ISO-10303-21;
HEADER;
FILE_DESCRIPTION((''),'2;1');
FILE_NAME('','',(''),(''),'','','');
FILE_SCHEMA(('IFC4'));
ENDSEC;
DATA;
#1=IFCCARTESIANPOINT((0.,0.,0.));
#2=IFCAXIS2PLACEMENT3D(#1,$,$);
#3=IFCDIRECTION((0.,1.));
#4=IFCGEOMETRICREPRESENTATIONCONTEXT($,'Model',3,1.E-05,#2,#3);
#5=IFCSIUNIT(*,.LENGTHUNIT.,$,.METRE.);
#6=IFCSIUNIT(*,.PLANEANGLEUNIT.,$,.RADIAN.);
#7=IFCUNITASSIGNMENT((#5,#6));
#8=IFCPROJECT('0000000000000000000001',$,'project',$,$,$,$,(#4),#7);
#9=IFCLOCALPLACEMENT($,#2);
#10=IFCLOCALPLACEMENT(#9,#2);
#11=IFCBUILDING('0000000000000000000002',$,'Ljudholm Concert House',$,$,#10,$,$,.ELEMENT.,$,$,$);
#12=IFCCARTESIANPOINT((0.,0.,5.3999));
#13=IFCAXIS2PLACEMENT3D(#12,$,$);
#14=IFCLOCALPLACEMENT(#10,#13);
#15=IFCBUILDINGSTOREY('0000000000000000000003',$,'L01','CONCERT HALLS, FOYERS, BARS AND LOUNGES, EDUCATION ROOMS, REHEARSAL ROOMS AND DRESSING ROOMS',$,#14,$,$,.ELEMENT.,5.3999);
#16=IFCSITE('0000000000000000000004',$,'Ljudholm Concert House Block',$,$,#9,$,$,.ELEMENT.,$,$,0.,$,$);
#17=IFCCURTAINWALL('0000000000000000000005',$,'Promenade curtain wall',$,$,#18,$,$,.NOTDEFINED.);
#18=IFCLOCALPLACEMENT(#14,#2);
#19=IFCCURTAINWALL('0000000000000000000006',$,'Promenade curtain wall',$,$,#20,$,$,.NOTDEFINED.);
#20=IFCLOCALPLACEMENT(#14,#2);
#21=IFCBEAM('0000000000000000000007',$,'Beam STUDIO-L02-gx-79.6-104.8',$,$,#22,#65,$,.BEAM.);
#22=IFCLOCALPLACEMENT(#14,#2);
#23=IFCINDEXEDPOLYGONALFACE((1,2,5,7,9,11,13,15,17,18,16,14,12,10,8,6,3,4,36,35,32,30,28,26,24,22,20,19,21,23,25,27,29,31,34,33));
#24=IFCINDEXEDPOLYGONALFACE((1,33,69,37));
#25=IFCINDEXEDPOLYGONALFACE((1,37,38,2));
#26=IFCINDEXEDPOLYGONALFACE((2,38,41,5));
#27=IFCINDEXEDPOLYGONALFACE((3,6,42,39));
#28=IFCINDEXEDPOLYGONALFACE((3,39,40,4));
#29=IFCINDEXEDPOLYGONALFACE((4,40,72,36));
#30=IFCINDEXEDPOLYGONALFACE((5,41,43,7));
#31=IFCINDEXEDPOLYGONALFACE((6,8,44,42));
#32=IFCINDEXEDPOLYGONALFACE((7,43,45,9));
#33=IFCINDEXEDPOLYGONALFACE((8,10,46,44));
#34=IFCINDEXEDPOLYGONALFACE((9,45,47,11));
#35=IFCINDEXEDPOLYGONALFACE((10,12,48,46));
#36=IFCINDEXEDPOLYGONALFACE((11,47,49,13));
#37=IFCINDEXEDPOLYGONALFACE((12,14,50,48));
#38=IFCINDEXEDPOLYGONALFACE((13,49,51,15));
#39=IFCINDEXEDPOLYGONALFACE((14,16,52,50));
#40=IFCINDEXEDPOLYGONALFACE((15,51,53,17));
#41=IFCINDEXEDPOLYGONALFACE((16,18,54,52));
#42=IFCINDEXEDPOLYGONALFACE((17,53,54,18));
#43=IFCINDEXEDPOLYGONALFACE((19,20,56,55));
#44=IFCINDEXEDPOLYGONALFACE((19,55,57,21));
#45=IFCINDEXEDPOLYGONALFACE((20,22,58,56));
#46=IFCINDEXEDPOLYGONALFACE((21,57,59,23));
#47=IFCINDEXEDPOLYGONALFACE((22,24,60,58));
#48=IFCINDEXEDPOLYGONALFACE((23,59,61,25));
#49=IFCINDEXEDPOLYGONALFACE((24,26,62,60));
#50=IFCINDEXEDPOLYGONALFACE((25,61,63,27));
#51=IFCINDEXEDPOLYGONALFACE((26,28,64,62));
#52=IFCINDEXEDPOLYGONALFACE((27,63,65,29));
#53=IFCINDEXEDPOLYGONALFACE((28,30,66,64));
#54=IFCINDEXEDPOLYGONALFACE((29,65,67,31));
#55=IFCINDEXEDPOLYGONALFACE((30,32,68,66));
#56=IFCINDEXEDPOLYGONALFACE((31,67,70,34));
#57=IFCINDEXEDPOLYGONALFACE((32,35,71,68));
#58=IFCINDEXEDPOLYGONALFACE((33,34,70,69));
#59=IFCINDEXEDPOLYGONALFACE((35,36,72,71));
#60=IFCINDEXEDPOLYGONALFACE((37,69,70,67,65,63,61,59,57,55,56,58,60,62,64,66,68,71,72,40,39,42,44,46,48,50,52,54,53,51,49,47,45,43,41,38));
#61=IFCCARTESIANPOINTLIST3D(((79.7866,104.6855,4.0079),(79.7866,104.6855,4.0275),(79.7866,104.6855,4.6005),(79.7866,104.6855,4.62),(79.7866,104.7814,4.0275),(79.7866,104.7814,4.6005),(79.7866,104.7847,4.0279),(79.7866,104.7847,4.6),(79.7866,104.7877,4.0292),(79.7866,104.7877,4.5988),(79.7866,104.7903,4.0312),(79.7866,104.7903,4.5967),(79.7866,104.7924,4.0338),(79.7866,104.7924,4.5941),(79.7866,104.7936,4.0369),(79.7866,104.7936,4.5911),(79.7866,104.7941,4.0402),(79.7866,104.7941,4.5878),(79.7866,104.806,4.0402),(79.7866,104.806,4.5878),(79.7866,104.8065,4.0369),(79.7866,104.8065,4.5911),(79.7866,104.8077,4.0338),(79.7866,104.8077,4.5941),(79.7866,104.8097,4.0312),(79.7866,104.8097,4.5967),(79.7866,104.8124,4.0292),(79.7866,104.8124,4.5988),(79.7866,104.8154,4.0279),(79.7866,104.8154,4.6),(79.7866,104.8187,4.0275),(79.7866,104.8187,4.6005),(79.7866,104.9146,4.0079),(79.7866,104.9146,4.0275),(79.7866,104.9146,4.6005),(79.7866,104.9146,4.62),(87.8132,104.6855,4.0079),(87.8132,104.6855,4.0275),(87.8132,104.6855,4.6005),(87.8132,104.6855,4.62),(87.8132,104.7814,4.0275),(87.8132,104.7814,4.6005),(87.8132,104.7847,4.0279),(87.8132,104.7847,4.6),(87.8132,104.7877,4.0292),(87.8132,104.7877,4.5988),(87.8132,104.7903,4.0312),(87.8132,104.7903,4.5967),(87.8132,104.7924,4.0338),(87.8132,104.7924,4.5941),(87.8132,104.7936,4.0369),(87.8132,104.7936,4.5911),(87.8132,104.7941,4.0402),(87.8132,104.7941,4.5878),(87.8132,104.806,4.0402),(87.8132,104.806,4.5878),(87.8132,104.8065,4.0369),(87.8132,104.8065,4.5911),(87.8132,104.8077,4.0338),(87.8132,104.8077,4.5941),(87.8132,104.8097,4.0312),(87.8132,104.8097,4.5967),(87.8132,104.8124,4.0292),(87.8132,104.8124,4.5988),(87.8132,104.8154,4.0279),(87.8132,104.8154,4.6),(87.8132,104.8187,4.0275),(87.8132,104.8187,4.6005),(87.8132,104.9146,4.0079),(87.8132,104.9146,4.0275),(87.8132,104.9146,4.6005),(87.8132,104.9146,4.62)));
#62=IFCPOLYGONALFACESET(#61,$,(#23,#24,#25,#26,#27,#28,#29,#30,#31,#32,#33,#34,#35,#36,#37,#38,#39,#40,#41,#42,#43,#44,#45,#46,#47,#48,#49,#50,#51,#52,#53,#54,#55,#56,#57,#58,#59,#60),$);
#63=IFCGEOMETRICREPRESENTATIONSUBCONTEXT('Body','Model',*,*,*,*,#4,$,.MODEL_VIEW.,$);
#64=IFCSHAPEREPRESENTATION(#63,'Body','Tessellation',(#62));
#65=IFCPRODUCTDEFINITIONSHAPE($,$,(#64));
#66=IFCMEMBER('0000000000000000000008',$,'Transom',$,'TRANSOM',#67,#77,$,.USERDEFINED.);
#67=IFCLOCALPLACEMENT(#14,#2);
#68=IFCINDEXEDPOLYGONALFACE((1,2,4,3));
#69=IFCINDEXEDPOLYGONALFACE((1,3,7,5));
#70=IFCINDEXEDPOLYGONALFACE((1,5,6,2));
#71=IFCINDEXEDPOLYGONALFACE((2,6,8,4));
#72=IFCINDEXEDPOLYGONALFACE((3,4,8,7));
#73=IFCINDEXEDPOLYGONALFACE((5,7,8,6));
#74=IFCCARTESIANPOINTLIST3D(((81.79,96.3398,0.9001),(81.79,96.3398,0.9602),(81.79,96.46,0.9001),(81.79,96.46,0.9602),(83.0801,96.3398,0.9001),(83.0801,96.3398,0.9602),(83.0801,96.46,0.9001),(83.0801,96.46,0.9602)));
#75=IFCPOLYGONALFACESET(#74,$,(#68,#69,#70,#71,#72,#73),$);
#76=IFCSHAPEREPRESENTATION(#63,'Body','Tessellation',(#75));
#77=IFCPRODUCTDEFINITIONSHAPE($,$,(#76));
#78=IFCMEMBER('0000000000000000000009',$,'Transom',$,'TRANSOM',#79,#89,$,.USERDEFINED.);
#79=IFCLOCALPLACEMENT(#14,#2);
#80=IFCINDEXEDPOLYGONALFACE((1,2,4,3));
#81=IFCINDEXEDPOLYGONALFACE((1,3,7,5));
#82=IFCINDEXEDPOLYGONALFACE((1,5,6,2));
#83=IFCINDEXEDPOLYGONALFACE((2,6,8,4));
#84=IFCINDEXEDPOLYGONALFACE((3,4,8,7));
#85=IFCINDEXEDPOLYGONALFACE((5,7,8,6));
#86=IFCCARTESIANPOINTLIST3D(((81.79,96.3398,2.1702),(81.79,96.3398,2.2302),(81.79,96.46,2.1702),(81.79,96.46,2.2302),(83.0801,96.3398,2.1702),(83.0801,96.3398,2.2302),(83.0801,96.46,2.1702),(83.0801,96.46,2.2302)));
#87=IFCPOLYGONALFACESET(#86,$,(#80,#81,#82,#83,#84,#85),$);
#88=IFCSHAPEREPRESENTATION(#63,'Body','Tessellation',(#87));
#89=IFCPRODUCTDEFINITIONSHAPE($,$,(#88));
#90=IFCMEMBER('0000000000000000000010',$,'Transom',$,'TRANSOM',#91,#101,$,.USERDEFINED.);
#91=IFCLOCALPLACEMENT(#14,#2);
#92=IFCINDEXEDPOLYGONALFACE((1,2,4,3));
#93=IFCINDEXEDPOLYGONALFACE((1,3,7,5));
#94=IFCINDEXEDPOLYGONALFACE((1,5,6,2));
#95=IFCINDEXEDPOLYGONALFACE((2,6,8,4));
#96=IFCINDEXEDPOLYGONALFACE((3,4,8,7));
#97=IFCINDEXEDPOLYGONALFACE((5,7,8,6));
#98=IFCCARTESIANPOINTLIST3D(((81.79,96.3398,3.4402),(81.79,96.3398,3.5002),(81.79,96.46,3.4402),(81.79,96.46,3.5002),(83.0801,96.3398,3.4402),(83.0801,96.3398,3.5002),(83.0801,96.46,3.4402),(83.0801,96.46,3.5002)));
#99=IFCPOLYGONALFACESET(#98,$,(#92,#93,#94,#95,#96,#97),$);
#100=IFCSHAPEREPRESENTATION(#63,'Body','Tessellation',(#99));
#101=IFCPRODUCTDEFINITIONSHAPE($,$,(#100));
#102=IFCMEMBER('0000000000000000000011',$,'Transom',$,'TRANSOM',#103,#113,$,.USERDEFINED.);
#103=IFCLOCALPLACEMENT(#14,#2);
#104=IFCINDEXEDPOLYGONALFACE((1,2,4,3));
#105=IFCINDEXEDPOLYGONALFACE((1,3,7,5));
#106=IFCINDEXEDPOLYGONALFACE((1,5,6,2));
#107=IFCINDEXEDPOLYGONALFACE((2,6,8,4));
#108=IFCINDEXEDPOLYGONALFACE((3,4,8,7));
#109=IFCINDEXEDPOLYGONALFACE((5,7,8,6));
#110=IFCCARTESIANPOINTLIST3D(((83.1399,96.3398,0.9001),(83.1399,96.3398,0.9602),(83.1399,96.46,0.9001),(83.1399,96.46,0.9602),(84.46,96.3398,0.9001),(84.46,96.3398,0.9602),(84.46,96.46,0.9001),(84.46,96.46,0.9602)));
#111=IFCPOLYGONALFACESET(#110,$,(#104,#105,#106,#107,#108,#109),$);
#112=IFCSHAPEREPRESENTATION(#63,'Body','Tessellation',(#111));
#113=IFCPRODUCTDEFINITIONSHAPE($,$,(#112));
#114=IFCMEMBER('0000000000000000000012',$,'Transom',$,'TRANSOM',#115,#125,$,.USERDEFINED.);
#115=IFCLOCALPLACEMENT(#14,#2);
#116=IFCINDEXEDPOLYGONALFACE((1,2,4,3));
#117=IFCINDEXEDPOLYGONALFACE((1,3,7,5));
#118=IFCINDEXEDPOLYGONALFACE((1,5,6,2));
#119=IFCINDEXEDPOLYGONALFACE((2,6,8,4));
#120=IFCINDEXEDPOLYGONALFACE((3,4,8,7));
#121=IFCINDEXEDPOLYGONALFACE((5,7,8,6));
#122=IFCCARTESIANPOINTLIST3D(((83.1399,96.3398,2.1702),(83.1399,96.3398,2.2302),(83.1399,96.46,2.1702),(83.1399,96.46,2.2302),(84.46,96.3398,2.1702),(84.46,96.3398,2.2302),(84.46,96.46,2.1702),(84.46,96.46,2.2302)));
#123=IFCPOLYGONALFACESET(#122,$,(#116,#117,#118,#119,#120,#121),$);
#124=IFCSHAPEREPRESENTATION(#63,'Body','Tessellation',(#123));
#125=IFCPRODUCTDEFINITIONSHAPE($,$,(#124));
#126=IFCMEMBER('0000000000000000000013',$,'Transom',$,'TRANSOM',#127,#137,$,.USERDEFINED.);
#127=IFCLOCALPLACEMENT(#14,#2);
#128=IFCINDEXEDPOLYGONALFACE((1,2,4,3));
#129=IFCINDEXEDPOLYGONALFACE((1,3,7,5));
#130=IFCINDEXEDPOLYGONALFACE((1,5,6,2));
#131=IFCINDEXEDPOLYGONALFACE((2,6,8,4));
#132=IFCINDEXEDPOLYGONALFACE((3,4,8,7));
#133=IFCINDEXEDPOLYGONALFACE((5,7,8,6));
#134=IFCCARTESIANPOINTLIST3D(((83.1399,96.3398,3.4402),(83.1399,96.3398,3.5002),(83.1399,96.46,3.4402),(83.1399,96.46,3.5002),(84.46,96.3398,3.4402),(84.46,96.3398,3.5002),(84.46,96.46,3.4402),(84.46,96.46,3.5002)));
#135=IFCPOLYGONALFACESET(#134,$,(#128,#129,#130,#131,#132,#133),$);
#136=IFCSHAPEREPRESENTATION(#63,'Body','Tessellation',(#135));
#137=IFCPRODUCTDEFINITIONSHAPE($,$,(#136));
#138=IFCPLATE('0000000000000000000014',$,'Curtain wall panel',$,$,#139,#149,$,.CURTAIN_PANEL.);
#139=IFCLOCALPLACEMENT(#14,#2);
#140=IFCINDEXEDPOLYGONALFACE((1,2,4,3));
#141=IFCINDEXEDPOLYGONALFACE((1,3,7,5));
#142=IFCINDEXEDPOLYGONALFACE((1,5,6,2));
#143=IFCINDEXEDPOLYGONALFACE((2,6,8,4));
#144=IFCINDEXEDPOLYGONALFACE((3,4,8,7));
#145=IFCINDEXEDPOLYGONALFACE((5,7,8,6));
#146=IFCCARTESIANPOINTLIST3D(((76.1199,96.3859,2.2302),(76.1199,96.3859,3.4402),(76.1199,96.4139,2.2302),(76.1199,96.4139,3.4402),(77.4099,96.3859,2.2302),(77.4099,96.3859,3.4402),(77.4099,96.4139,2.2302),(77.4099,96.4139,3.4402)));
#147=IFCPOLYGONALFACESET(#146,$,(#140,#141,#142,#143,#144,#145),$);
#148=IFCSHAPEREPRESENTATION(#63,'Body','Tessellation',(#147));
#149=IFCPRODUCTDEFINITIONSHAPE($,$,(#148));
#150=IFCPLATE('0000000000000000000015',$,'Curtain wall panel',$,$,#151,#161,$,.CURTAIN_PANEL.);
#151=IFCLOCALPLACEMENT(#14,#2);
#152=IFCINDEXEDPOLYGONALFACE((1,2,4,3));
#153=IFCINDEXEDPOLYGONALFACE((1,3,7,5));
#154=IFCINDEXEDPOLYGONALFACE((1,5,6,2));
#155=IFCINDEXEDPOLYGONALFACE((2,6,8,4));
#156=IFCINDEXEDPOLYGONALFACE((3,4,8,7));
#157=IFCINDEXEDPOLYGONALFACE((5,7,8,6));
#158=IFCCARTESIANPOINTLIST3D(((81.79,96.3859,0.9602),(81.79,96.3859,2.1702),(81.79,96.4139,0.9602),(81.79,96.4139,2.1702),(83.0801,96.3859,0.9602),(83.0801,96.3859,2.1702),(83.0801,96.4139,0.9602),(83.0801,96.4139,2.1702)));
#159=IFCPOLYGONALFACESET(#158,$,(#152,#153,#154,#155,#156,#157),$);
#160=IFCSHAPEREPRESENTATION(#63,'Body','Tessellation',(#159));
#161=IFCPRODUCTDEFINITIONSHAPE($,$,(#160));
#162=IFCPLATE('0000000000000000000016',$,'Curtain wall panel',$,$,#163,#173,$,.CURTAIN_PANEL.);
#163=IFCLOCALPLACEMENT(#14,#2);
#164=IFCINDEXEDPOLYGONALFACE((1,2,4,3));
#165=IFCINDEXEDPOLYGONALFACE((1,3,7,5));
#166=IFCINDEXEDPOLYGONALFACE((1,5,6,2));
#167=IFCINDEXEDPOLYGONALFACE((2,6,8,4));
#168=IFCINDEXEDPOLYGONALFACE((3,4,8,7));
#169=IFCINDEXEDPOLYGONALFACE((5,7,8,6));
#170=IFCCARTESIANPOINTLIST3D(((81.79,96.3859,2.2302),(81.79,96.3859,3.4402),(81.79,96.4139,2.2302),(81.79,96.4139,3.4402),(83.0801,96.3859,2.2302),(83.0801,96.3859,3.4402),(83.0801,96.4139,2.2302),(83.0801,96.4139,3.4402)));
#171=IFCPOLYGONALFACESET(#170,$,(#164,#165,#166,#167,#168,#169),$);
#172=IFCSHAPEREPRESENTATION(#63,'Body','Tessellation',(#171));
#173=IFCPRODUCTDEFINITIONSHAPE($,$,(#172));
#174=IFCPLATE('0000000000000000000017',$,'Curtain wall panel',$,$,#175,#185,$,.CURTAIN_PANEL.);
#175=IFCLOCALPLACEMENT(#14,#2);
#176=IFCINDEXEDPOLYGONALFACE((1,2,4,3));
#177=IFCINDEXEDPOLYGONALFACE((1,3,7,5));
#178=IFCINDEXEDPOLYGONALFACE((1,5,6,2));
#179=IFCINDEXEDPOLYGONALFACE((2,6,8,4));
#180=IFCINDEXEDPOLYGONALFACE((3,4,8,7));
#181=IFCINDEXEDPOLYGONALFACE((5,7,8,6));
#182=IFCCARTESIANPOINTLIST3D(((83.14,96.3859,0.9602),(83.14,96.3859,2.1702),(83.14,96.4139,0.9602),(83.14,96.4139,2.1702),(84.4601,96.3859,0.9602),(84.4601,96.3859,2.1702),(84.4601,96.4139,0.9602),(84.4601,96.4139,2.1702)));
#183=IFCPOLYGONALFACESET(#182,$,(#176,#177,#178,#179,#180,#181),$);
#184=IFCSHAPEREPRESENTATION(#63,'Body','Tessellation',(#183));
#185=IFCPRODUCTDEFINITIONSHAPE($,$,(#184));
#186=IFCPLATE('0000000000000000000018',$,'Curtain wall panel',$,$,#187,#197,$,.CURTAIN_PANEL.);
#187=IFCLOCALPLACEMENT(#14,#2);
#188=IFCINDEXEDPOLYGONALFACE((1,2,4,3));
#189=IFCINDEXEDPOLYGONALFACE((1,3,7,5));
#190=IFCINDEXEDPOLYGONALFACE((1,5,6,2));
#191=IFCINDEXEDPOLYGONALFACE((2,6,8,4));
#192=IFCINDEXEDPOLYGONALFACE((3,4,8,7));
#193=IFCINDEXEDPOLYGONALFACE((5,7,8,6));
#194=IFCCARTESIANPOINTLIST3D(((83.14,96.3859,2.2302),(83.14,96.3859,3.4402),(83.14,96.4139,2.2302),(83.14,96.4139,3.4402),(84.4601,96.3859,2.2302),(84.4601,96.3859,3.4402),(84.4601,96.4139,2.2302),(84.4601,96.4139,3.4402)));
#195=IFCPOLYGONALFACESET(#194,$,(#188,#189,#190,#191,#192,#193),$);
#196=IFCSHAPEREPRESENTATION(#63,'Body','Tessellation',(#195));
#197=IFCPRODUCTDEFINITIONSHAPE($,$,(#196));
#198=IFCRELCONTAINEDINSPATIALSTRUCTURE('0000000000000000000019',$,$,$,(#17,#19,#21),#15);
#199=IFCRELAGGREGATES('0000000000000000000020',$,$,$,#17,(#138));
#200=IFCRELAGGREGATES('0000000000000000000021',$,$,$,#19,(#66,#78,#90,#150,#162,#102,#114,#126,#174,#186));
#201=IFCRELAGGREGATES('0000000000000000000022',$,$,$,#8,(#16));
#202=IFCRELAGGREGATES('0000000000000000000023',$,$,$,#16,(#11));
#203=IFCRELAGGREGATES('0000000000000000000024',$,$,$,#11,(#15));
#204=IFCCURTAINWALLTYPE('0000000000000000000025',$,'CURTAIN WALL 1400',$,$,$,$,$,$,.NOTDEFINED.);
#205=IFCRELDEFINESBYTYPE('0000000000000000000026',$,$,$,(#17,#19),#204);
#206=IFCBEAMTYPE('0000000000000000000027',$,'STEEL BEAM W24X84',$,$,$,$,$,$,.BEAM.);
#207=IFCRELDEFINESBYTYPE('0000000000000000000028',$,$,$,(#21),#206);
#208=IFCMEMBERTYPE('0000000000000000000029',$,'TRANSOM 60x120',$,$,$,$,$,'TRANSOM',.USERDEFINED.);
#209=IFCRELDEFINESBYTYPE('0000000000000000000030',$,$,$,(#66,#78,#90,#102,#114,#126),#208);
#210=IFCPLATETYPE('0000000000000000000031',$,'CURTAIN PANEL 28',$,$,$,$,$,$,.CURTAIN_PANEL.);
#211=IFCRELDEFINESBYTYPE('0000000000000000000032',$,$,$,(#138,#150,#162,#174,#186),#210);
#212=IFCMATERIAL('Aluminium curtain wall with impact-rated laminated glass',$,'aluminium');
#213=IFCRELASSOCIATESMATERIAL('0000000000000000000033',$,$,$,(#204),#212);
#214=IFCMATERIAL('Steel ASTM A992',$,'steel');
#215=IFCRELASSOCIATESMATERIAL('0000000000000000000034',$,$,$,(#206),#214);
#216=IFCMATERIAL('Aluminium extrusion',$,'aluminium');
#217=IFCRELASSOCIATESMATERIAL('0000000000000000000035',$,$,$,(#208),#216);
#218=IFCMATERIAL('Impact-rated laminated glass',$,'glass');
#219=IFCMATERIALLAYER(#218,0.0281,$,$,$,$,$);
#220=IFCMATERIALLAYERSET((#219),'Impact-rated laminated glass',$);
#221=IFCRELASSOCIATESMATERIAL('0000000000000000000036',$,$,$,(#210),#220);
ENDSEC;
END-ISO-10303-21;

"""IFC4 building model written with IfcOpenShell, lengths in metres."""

from ifc_helpers import new_model, si_unit, direction, frame, origin, origin_2d, place, context, subcontext, project, spatial, rectangle, i_section, extrude, material, layer, layer_set, material_profile, profile_set, type_object, element, aggregate, save


model = new_model("IFC4")

# Units and contexts
model_context = context("Model", 3, precision=1e-05, world=origin(), true_north=direction((0.0, 1.0)))
body_context = subcontext(model_context, "Body", "Model", "MODEL_VIEW")
ifc_project = project(units=[si_unit("LENGTHUNIT", "METRE"), si_unit("PLANEANGLEUNIT", "RADIAN")], contexts=[model_context])

# Site, building, storey
site_placement = place(None, origin())
site = spatial("IfcSite", under=ifc_project, at=site_placement, Name="Ljudholm Concert House Block", CompositionType="ELEMENT", RefElevation=0.0)
building_placement = place(site_placement, origin())
building = spatial("IfcBuilding", under=site, at=building_placement, Name="Ljudholm Concert House", CompositionType="ELEMENT")
storey_placement = place(building_placement, frame((0.0, 0.0, 5.3999)))
storey = spatial("IfcBuildingStorey", under=building, at=storey_placement, Name="L01", Description="CONCERT HALLS, FOYERS, BARS AND LOUNGES, EDUCATION ROOMS, REHEARSAL ROOMS AND DRESSING ROOMS", CompositionType="ELEMENT", Elevation=5.3999)

# Curtain wall
ifc_material_1 = material(Name="Aluminium curtain wall with impact-rated laminated glass", Category="aluminium")
curtain_wall_type = type_object("IfcCurtainWallType", Name="CURTAIN WALL 1400", PredefinedType="NOTDEFINED", material=ifc_material_1)
curtain_wall_1_placement = place(storey_placement, origin())
curtain_wall_1 = element("IfcCurtainWall", 1, at=curtain_wall_1_placement, inside=storey, type_object=curtain_wall_type, Name="Promenade curtain wall", PredefinedType="NOTDEFINED")

# Curtain wall
curtain_wall_2_placement = place(storey_placement, origin())
curtain_wall_2 = element("IfcCurtainWall", 2, at=curtain_wall_2_placement, inside=storey, type_object=curtain_wall_type, Name="Promenade curtain wall", PredefinedType="NOTDEFINED")

# Beam
ifc_material_2 = material(Name="Steel ASTM A992", Category="steel")
ifc_material_profile_1 = material_profile(ifc_material_2, i_section(OverallWidth=0.229, OverallDepth=0.6121, WebThickness=0.012, FlangeThickness=0.0195, FilletRadius=0.0127, at=origin_2d()), Name="W24X84")
ifc_profile_set_1 = profile_set([ifc_material_profile_1], Name="Steel ASTM A992")
beam_type_1 = type_object("IfcBeamType", Name="STEEL BEAM W24X84", PredefinedType="BEAM", material=ifc_profile_set_1)
beam_1_placement = place(storey_placement, frame((79.7866, 104.8, 4.314), z_axis=(1.0, 0.0, 0.0), x_axis=(0.0, 1.0, 0.0)))
element("IfcBeam", 3, at=beam_1_placement, inside=storey, type_object=beam_type_1, Name="Beam STUDIO-L02-gx-79.6-104.8", PredefinedType="BEAM", context=body_context, shape_type="SweptSolid", body=[
    extrude(i_section(OverallWidth=0.229, OverallDepth=0.6121, WebThickness=0.012, FlangeThickness=0.0195, FilletRadius=0.0127, at=origin_2d()), origin(), (0.0, 0.0, 1.0), 8.0266),
])

# Members
ifc_material_3 = material(Name="Aluminium extrusion", Category="aluminium")
ifc_material_profile_2 = material_profile(ifc_material_3, rectangle(XDim=0.1201, YDim=0.0601, at=origin_2d()), Name="TRANSOM 60x120")
ifc_profile_set_2 = profile_set([ifc_material_profile_2], Name="Aluminium extrusion")
member_type_1 = type_object("IfcMemberType", Name="TRANSOM 60x120", ElementType="TRANSOM", PredefinedType="USERDEFINED", material=ifc_profile_set_2)
member_1_placement = place(storey_placement, frame((81.79, 96.3999, 0.9302), z_axis=(1.0, 0.0, 0.0), x_axis=(0.0, 1.0, 0.0)))
member_1 = element("IfcMember", 4, at=member_1_placement, type_object=member_type_1, Name="Transom", ObjectType="TRANSOM", PredefinedType="USERDEFINED", context=body_context, shape_type="SweptSolid", body=[
    extrude(rectangle(XDim=0.1201, YDim=0.0601, at=origin_2d()), origin(), (0.0, 0.0, 1.0), 1.29),
])
member_2_placement = place(storey_placement, frame((81.79, 96.3999, 2.2002), z_axis=(1.0, 0.0, 0.0), x_axis=(0.0, 1.0, 0.0)))
member_2 = element("IfcMember", 5, at=member_2_placement, type_object=member_type_1, Name="Transom", ObjectType="TRANSOM", PredefinedType="USERDEFINED", context=body_context, shape_type="SweptSolid", body=[
    extrude(rectangle(XDim=0.1201, YDim=0.0601, at=origin_2d()), origin(), (0.0, 0.0, 1.0), 1.29),
])
member_3_placement = place(storey_placement, frame((81.79, 96.3999, 3.4702), z_axis=(1.0, 0.0, 0.0), x_axis=(0.0, 1.0, 0.0)))
member_3 = element("IfcMember", 6, at=member_3_placement, type_object=member_type_1, Name="Transom", ObjectType="TRANSOM", PredefinedType="USERDEFINED", context=body_context, shape_type="SweptSolid", body=[
    extrude(rectangle(XDim=0.1201, YDim=0.0601, at=origin_2d()), origin(), (0.0, 0.0, 1.0), 1.29),
])
member_4_placement = place(storey_placement, frame((83.1399, 96.3999, 0.9302), z_axis=(1.0, 0.0, 0.0), x_axis=(0.0, 1.0, 0.0)))
member_4 = element("IfcMember", 7, at=member_4_placement, type_object=member_type_1, Name="Transom", ObjectType="TRANSOM", PredefinedType="USERDEFINED", context=body_context, shape_type="SweptSolid", body=[
    extrude(rectangle(XDim=0.1201, YDim=0.0601, at=origin_2d()), origin(), (0.0, 0.0, 1.0), 1.3201),
])
member_5_placement = place(storey_placement, frame((83.1399, 96.3999, 2.2002), z_axis=(1.0, 0.0, 0.0), x_axis=(0.0, 1.0, 0.0)))
member_5 = element("IfcMember", 8, at=member_5_placement, type_object=member_type_1, Name="Transom", ObjectType="TRANSOM", PredefinedType="USERDEFINED", context=body_context, shape_type="SweptSolid", body=[
    extrude(rectangle(XDim=0.1201, YDim=0.0601, at=origin_2d()), origin(), (0.0, 0.0, 1.0), 1.3201),
])
member_6_placement = place(storey_placement, frame((83.1399, 96.3999, 3.4702), z_axis=(1.0, 0.0, 0.0), x_axis=(0.0, 1.0, 0.0)))
member_6 = element("IfcMember", 9, at=member_6_placement, type_object=member_type_1, Name="Transom", ObjectType="TRANSOM", PredefinedType="USERDEFINED", context=body_context, shape_type="SweptSolid", body=[
    extrude(rectangle(XDim=0.1201, YDim=0.0601, at=origin_2d()), origin(), (0.0, 0.0, 1.0), 1.3201),
])

# Plates
ifc_material_4 = material(Name="Impact-rated laminated glass", Category="glass")
ifc_layer_1 = layer(ifc_material_4, 0.0281)
ifc_layer_set_1 = layer_set([ifc_layer_1], Name="Impact-rated laminated glass")
plate_type = type_object("IfcPlateType", Name="CURTAIN PANEL 28", PredefinedType="CURTAIN_PANEL", material=ifc_layer_set_1)
plate_1_placement = place(storey_placement, frame((76.7649, 96.3999, 2.2302), z_axis=(0.0, 0.0, 1.0), x_axis=(1.0, 0.0, 0.0)))
plate_1 = element("IfcPlate", 10, at=plate_1_placement, type_object=plate_type, Name="Curtain wall panel", PredefinedType="CURTAIN_PANEL", context=body_context, shape_type="SweptSolid", body=[
    extrude(rectangle(XDim=1.29, YDim=0.0281, at=origin_2d()), origin(), (0.0, 0.0, 1.0), 1.21),
])
aggregate(curtain_wall_1, [plate_1])
plate_2_placement = place(storey_placement, frame((82.4351, 96.3999, 0.9602), z_axis=(0.0, 0.0, 1.0), x_axis=(1.0, 0.0, 0.0)))
plate_2 = element("IfcPlate", 11, at=plate_2_placement, type_object=plate_type, Name="Curtain wall panel", PredefinedType="CURTAIN_PANEL", context=body_context, shape_type="SweptSolid", body=[
    extrude(rectangle(XDim=1.29, YDim=0.0281, at=origin_2d()), origin(), (0.0, 0.0, 1.0), 1.21),
])
plate_3_placement = place(storey_placement, frame((82.4351, 96.3999, 2.2302), z_axis=(0.0, 0.0, 1.0), x_axis=(1.0, 0.0, 0.0)))
plate_3 = element("IfcPlate", 12, at=plate_3_placement, type_object=plate_type, Name="Curtain wall panel", PredefinedType="CURTAIN_PANEL", context=body_context, shape_type="SweptSolid", body=[
    extrude(rectangle(XDim=1.29, YDim=0.0281, at=origin_2d()), origin(), (0.0, 0.0, 1.0), 1.21),
])
plate_4_placement = place(storey_placement, frame((83.8, 96.3999, 0.9602), z_axis=(0.0, 0.0, 1.0), x_axis=(1.0, 0.0, 0.0)))
plate_4 = element("IfcPlate", 13, at=plate_4_placement, type_object=plate_type, Name="Curtain wall panel", PredefinedType="CURTAIN_PANEL", context=body_context, shape_type="SweptSolid", body=[
    extrude(rectangle(XDim=1.3201, YDim=0.0281, at=origin_2d()), origin(), (0.0, 0.0, 1.0), 1.21),
])
plate_5_placement = place(storey_placement, frame((83.8, 96.3999, 2.2302), z_axis=(0.0, 0.0, 1.0), x_axis=(1.0, 0.0, 0.0)))
plate_5 = element("IfcPlate", 14, at=plate_5_placement, type_object=plate_type, Name="Curtain wall panel", PredefinedType="CURTAIN_PANEL", context=body_context, shape_type="SweptSolid", body=[
    extrude(rectangle(XDim=1.3201, YDim=0.0281, at=origin_2d()), origin(), (0.0, 0.0, 1.0), 1.21),
])
aggregate(curtain_wall_2, [member_1, member_2, member_3, plate_2, plate_3, member_4, member_5, member_6, plate_4, plate_5])

save(model, "model.ifc")
